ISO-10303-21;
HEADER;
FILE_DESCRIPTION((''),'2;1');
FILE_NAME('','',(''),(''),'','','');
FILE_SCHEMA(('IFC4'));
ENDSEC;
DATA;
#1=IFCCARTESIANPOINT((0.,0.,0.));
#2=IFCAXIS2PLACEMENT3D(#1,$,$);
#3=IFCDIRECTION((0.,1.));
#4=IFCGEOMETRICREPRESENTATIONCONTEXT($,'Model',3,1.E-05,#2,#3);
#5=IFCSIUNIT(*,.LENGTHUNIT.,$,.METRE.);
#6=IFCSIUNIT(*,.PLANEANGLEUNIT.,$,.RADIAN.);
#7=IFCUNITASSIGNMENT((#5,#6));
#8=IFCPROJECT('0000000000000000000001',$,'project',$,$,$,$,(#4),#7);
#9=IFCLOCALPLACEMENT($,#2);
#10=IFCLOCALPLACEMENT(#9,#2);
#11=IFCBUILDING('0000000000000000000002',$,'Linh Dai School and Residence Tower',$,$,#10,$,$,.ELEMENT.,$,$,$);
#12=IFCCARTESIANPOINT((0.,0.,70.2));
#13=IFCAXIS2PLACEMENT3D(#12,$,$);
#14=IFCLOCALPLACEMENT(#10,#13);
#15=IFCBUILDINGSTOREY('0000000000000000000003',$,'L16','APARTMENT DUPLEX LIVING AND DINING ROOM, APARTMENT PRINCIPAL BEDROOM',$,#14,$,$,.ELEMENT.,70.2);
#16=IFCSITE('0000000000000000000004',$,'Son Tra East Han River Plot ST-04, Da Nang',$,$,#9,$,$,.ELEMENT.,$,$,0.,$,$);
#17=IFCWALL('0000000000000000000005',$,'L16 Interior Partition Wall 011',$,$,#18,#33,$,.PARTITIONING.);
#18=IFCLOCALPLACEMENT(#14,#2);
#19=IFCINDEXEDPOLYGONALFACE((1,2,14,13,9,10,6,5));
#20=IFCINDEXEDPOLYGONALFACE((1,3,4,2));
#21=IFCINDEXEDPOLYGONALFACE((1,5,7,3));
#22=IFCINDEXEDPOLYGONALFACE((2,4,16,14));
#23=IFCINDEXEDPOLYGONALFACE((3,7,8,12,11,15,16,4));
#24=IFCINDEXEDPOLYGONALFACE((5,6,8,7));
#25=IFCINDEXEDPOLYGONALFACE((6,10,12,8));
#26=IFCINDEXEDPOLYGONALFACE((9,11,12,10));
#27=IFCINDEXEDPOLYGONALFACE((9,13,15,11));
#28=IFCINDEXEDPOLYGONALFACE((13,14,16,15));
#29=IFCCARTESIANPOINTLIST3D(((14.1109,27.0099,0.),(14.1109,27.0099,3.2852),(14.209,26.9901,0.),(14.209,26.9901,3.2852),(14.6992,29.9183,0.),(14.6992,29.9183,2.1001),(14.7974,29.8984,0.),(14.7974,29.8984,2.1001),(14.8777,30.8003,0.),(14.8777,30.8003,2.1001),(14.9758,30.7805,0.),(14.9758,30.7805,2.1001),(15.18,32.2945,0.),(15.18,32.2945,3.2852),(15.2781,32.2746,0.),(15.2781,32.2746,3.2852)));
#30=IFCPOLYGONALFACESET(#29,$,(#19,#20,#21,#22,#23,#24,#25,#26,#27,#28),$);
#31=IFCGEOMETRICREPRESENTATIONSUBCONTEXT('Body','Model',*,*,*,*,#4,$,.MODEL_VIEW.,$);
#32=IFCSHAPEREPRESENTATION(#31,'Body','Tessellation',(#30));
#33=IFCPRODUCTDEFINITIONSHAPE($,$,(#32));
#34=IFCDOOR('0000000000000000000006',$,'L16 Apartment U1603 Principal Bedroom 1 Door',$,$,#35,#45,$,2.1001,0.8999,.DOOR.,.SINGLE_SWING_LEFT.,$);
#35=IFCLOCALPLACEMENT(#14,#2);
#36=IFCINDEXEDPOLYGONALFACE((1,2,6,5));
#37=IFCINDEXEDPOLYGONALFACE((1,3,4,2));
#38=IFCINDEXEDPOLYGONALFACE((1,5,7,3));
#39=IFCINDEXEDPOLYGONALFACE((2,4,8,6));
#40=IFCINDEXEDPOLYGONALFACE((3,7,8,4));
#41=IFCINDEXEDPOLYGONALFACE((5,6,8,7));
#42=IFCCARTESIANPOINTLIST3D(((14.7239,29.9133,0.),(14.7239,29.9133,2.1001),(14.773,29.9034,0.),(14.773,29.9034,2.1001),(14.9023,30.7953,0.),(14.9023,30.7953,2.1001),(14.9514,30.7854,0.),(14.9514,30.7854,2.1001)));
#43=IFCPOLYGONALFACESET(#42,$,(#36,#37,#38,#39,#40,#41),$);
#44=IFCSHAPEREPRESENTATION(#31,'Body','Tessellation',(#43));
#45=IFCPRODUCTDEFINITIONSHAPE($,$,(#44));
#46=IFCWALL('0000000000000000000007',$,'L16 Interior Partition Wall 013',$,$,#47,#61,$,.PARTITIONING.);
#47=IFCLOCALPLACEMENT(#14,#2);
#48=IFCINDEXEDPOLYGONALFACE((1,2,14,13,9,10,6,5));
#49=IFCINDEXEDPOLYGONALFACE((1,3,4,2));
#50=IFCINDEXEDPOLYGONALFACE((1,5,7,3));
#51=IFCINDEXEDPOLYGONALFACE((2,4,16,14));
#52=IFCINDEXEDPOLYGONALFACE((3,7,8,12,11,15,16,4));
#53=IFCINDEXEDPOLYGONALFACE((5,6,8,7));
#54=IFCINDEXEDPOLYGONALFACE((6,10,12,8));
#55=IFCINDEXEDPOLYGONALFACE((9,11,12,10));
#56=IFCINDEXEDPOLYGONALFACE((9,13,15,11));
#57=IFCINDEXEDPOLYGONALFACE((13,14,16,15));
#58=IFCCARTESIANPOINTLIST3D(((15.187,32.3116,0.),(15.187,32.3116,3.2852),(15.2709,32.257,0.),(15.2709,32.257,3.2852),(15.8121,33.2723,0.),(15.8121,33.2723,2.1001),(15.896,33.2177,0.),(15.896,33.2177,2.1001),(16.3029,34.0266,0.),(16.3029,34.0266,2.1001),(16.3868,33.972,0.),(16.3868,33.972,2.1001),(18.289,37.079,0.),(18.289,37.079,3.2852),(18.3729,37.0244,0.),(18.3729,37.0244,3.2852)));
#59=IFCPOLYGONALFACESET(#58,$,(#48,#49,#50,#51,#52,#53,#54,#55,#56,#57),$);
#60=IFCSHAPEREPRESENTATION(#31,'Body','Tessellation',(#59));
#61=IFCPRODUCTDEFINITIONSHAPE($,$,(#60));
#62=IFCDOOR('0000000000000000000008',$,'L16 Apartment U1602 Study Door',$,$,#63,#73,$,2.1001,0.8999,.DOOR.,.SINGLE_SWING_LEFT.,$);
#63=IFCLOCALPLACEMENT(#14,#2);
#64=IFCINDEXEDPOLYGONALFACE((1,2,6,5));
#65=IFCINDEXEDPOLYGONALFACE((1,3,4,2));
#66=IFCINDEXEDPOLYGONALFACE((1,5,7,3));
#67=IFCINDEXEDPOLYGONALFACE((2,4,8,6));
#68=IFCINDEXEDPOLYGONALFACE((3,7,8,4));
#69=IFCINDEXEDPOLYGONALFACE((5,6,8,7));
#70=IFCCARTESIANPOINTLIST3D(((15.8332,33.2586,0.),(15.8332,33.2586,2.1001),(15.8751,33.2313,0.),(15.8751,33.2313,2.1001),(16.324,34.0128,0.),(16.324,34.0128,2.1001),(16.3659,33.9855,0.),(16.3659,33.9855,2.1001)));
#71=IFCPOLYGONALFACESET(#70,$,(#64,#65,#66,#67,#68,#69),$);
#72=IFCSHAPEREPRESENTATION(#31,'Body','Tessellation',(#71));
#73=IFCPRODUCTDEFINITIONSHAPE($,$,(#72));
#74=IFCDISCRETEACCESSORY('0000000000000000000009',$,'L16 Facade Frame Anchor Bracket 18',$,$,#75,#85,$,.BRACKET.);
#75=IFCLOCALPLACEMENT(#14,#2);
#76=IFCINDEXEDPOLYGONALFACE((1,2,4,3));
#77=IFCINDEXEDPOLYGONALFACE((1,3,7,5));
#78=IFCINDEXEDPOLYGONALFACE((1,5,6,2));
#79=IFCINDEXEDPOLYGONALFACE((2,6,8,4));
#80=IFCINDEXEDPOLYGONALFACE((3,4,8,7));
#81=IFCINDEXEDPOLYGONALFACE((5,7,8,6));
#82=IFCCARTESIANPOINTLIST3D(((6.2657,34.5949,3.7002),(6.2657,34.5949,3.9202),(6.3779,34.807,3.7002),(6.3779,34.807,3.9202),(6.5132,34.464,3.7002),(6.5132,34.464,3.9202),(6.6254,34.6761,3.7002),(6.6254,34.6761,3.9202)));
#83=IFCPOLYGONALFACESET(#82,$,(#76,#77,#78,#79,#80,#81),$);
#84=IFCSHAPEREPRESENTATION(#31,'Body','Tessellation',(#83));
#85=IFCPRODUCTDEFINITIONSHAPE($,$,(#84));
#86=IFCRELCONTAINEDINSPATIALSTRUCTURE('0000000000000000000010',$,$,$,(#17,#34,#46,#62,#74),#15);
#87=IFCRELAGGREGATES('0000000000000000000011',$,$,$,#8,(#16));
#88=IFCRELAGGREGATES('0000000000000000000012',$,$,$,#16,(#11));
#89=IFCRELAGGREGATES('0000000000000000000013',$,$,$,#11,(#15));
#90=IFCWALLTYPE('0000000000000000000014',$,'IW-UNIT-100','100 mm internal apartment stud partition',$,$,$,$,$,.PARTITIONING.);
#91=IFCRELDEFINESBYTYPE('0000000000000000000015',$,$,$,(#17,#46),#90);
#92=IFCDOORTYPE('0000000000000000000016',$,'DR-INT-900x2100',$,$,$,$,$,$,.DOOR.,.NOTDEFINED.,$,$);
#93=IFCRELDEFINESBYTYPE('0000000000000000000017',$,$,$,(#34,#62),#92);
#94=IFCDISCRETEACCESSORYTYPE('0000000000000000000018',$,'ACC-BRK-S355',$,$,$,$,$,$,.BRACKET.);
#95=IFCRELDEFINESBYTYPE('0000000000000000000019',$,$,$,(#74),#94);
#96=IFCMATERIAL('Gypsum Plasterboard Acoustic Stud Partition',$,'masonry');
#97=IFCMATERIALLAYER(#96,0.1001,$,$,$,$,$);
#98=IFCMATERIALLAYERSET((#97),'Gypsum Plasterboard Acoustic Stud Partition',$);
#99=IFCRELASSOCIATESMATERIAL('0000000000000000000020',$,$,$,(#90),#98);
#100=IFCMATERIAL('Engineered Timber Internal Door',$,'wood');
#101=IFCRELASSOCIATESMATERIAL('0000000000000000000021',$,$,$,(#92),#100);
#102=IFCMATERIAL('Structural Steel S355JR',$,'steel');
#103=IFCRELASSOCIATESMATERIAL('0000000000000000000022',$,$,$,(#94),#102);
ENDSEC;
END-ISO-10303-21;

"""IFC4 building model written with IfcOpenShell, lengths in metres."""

from ifc_helpers import new_model, si_unit, direction, frame, frame_2d, origin, origin_2d, place, context, subcontext, project, spatial, rectangle, extrude, source, transform, mapped, material, layer, layer_set, type_object, element, fill, save


model = new_model("IFC4")

# Units and contexts
model_context = context("Model", 3, precision=1e-05, world=origin(), true_north=direction((0.0, 1.0)))
body_context = subcontext(model_context, "Body", "Model", "MODEL_VIEW")
ifc_project = project(units=[si_unit("LENGTHUNIT", "METRE"), si_unit("PLANEANGLEUNIT", "RADIAN")], contexts=[model_context])

# Site, building, storey
site_placement = place(None, origin())
site = spatial("IfcSite", under=ifc_project, at=site_placement, Name="Son Tra East Han River Plot ST-04, Da Nang", CompositionType="ELEMENT", RefElevation=0.0)
building_placement = place(site_placement, origin())
building = spatial("IfcBuilding", under=site, at=building_placement, Name="Linh Dai School and Residence Tower", CompositionType="ELEMENT")
storey_placement = place(building_placement, frame((0.0, 0.0, 70.2)))
storey = spatial("IfcBuildingStorey", under=building, at=storey_placement, Name="L16", Description="APARTMENT DUPLEX LIVING AND DINING ROOM, APARTMENT PRINCIPAL BEDROOM", CompositionType="ELEMENT", Elevation=70.2)

# Shared definitions
ifc_material_1 = material(Name="Structural Steel S355JR", Category="steel")

# Shared definitions
ifc_material_2 = material(Name="Gypsum Plasterboard Acoustic Stud Partition", Category="masonry")
ifc_layer_1 = layer(ifc_material_2, 0.1001)
ifc_layer_set_1 = layer_set([ifc_layer_1], Name="Gypsum Plasterboard Acoustic Stud Partition")
wall_type_1 = type_object("IfcWallType", Name="IW-UNIT-100", Description="100 mm internal apartment stud partition", PredefinedType="PARTITIONING", material=ifc_layer_set_1)

# Walls, openings, doors
wall_1_placement = place(storey_placement, frame((14.1599, 27.0, 0.0), z_axis=(0.0, 0.0, 1.0), x_axis=(0.198293, 0.980143, 0.0)))
wall_1 = element("IfcWall", 1, at=wall_1_placement, inside=storey, type_object=wall_type_1, Name="L16 Interior Partition Wall 011", PredefinedType="PARTITIONING", context=body_context, shape_type="SweptSolid", body=[
    extrude(rectangle(XDim=5.3916, YDim=0.1001, at=frame_2d((2.6958, 0.0))), origin(), (0.0, 0.0, 1.0), 3.2852),
])
opening_1_placement = place(wall_1_placement, frame((2.9673, 0.0, 0.0)))
opening_1 = element("IfcOpeningElement", 2, at=opening_1_placement, cuts=wall_1, PredefinedType="OPENING", context=body_context, shape_type="SweptSolid", body=[
    extrude(rectangle(XDim=0.8999, YDim=2.1001, at=origin_2d()), frame((0.45, 0.0601, 1.05), z_axis=(0.0, -1.0, 0.0), x_axis=(1.0, 0.0, 0.0)), (0.0, 0.0, 1.0), 0.1201),
])
ifc_material_3 = material(Name="Engineered Timber Internal Door", Category="wood")
door_type_1 = type_object("IfcDoorType", Name="DR-INT-900x2100", OperationType="NOTDEFINED", PredefinedType="DOOR", material=ifc_material_3)
shared_shape_1 = source(origin(), body_context, "Body", "SweptSolid", [
    extrude(rectangle(XDim=0.8999, YDim=2.1001, at=origin_2d()), frame((0.45, 0.0249, 1.05), z_axis=(0.0, -1.0, 0.0), x_axis=(1.0, 0.0, 0.0)), (0.0, 0.0, 1.0), 0.05),
])
door_1_placement = place(opening_1_placement, origin())
door_1 = element("IfcDoor", 3, at=door_1_placement, inside=storey, type_object=door_type_1, Name="L16 Apartment U1603 Principal Bedroom 1 Door", OperationType="SINGLE_SWING_LEFT", OverallHeight=2.1001, OverallWidth=0.8999, PredefinedType="DOOR", context=body_context, shape_type="MappedRepresentation", body=[
    mapped(shared_shape_1, transform((0.0, 0.0, 0.0), x_axis=(1.0, 0.0, 0.0), y_axis=(0.0, 1.0, 0.0), z_axis=(0.0, 0.0, 1.0), scale=1.0)),
])
fill(opening_1, door_1)
wall_2_placement = place(storey_placement, frame((15.229, 32.2844, 0.0), z_axis=(0.0, 0.0, 1.0), x_axis=(0.545394, 0.83818, 0.0)))
wall_2 = element("IfcWall", 4, at=wall_2_placement, inside=storey, type_object=wall_type_1, Name="L16 Interior Partition Wall 013", PredefinedType="PARTITIONING", context=body_context, shape_type="SweptSolid", body=[
    extrude(rectangle(XDim=5.6877, YDim=0.1001, at=frame_2d((2.8438, 0.0))), origin(), (0.0, 0.0, 1.0), 3.2852),
])
opening_2_placement = place(wall_2_placement, frame((1.146, 0.0, 0.0)))
opening_2 = element("IfcOpeningElement", 5, at=opening_2_placement, cuts=wall_2, PredefinedType="OPENING", context=body_context, shape_type="SweptSolid", body=[
    extrude(rectangle(XDim=0.8999, YDim=2.1001, at=origin_2d()), frame((0.45, 0.0601, 1.05), z_axis=(0.0, -1.0, 0.0), x_axis=(1.0, 0.0, 0.0)), (0.0, 0.0, 1.0), 0.1201),
])
door_2_placement = place(opening_2_placement, origin())
door_2 = element("IfcDoor", 6, at=door_2_placement, inside=storey, type_object=door_type_1, Name="L16 Apartment U1602 Study Door", OperationType="SINGLE_SWING_LEFT", OverallHeight=2.1001, OverallWidth=0.8999, PredefinedType="DOOR", context=body_context, shape_type="MappedRepresentation", body=[
    mapped(shared_shape_1, transform((0.0, 0.0, 0.0), x_axis=(1.0, 0.0, 0.0), y_axis=(0.0, 1.0, 0.0), z_axis=(0.0, 0.0, 1.0), scale=1.0)),
])
fill(opening_2, door_2)

# Discrete accessory
discrete_accessory_type = type_object("IfcDiscreteAccessoryType", Name="ACC-BRK-S355", PredefinedType="BRACKET", material=ifc_material_1)
shared_shape_2 = source(origin(), body_context, "Body", "SweptSolid", [
    extrude(rectangle(XDim=0.28, YDim=0.24, at=origin_2d()), origin(), (0.0, 0.0, 1.0), 0.22),
])
discrete_accessory_placement = place(storey_placement, frame((6.4456, 34.6355, 3.7002), z_axis=(0.0, 0.0, 1.0), x_axis=(-0.883934, 0.467612, 0.0)))
element("IfcDiscreteAccessory", 7, at=discrete_accessory_placement, inside=storey, type_object=discrete_accessory_type, Name="L16 Facade Frame Anchor Bracket 18", PredefinedType="BRACKET", context=body_context, shape_type="MappedRepresentation", body=[
    mapped(shared_shape_2, transform((0.0, 0.0, 0.0), x_axis=(1.0, 0.0, 0.0), y_axis=(0.0, 1.0, 0.0), z_axis=(0.0, 0.0, 1.0), scale=1.0)),
])

save(model, "model.ifc")
